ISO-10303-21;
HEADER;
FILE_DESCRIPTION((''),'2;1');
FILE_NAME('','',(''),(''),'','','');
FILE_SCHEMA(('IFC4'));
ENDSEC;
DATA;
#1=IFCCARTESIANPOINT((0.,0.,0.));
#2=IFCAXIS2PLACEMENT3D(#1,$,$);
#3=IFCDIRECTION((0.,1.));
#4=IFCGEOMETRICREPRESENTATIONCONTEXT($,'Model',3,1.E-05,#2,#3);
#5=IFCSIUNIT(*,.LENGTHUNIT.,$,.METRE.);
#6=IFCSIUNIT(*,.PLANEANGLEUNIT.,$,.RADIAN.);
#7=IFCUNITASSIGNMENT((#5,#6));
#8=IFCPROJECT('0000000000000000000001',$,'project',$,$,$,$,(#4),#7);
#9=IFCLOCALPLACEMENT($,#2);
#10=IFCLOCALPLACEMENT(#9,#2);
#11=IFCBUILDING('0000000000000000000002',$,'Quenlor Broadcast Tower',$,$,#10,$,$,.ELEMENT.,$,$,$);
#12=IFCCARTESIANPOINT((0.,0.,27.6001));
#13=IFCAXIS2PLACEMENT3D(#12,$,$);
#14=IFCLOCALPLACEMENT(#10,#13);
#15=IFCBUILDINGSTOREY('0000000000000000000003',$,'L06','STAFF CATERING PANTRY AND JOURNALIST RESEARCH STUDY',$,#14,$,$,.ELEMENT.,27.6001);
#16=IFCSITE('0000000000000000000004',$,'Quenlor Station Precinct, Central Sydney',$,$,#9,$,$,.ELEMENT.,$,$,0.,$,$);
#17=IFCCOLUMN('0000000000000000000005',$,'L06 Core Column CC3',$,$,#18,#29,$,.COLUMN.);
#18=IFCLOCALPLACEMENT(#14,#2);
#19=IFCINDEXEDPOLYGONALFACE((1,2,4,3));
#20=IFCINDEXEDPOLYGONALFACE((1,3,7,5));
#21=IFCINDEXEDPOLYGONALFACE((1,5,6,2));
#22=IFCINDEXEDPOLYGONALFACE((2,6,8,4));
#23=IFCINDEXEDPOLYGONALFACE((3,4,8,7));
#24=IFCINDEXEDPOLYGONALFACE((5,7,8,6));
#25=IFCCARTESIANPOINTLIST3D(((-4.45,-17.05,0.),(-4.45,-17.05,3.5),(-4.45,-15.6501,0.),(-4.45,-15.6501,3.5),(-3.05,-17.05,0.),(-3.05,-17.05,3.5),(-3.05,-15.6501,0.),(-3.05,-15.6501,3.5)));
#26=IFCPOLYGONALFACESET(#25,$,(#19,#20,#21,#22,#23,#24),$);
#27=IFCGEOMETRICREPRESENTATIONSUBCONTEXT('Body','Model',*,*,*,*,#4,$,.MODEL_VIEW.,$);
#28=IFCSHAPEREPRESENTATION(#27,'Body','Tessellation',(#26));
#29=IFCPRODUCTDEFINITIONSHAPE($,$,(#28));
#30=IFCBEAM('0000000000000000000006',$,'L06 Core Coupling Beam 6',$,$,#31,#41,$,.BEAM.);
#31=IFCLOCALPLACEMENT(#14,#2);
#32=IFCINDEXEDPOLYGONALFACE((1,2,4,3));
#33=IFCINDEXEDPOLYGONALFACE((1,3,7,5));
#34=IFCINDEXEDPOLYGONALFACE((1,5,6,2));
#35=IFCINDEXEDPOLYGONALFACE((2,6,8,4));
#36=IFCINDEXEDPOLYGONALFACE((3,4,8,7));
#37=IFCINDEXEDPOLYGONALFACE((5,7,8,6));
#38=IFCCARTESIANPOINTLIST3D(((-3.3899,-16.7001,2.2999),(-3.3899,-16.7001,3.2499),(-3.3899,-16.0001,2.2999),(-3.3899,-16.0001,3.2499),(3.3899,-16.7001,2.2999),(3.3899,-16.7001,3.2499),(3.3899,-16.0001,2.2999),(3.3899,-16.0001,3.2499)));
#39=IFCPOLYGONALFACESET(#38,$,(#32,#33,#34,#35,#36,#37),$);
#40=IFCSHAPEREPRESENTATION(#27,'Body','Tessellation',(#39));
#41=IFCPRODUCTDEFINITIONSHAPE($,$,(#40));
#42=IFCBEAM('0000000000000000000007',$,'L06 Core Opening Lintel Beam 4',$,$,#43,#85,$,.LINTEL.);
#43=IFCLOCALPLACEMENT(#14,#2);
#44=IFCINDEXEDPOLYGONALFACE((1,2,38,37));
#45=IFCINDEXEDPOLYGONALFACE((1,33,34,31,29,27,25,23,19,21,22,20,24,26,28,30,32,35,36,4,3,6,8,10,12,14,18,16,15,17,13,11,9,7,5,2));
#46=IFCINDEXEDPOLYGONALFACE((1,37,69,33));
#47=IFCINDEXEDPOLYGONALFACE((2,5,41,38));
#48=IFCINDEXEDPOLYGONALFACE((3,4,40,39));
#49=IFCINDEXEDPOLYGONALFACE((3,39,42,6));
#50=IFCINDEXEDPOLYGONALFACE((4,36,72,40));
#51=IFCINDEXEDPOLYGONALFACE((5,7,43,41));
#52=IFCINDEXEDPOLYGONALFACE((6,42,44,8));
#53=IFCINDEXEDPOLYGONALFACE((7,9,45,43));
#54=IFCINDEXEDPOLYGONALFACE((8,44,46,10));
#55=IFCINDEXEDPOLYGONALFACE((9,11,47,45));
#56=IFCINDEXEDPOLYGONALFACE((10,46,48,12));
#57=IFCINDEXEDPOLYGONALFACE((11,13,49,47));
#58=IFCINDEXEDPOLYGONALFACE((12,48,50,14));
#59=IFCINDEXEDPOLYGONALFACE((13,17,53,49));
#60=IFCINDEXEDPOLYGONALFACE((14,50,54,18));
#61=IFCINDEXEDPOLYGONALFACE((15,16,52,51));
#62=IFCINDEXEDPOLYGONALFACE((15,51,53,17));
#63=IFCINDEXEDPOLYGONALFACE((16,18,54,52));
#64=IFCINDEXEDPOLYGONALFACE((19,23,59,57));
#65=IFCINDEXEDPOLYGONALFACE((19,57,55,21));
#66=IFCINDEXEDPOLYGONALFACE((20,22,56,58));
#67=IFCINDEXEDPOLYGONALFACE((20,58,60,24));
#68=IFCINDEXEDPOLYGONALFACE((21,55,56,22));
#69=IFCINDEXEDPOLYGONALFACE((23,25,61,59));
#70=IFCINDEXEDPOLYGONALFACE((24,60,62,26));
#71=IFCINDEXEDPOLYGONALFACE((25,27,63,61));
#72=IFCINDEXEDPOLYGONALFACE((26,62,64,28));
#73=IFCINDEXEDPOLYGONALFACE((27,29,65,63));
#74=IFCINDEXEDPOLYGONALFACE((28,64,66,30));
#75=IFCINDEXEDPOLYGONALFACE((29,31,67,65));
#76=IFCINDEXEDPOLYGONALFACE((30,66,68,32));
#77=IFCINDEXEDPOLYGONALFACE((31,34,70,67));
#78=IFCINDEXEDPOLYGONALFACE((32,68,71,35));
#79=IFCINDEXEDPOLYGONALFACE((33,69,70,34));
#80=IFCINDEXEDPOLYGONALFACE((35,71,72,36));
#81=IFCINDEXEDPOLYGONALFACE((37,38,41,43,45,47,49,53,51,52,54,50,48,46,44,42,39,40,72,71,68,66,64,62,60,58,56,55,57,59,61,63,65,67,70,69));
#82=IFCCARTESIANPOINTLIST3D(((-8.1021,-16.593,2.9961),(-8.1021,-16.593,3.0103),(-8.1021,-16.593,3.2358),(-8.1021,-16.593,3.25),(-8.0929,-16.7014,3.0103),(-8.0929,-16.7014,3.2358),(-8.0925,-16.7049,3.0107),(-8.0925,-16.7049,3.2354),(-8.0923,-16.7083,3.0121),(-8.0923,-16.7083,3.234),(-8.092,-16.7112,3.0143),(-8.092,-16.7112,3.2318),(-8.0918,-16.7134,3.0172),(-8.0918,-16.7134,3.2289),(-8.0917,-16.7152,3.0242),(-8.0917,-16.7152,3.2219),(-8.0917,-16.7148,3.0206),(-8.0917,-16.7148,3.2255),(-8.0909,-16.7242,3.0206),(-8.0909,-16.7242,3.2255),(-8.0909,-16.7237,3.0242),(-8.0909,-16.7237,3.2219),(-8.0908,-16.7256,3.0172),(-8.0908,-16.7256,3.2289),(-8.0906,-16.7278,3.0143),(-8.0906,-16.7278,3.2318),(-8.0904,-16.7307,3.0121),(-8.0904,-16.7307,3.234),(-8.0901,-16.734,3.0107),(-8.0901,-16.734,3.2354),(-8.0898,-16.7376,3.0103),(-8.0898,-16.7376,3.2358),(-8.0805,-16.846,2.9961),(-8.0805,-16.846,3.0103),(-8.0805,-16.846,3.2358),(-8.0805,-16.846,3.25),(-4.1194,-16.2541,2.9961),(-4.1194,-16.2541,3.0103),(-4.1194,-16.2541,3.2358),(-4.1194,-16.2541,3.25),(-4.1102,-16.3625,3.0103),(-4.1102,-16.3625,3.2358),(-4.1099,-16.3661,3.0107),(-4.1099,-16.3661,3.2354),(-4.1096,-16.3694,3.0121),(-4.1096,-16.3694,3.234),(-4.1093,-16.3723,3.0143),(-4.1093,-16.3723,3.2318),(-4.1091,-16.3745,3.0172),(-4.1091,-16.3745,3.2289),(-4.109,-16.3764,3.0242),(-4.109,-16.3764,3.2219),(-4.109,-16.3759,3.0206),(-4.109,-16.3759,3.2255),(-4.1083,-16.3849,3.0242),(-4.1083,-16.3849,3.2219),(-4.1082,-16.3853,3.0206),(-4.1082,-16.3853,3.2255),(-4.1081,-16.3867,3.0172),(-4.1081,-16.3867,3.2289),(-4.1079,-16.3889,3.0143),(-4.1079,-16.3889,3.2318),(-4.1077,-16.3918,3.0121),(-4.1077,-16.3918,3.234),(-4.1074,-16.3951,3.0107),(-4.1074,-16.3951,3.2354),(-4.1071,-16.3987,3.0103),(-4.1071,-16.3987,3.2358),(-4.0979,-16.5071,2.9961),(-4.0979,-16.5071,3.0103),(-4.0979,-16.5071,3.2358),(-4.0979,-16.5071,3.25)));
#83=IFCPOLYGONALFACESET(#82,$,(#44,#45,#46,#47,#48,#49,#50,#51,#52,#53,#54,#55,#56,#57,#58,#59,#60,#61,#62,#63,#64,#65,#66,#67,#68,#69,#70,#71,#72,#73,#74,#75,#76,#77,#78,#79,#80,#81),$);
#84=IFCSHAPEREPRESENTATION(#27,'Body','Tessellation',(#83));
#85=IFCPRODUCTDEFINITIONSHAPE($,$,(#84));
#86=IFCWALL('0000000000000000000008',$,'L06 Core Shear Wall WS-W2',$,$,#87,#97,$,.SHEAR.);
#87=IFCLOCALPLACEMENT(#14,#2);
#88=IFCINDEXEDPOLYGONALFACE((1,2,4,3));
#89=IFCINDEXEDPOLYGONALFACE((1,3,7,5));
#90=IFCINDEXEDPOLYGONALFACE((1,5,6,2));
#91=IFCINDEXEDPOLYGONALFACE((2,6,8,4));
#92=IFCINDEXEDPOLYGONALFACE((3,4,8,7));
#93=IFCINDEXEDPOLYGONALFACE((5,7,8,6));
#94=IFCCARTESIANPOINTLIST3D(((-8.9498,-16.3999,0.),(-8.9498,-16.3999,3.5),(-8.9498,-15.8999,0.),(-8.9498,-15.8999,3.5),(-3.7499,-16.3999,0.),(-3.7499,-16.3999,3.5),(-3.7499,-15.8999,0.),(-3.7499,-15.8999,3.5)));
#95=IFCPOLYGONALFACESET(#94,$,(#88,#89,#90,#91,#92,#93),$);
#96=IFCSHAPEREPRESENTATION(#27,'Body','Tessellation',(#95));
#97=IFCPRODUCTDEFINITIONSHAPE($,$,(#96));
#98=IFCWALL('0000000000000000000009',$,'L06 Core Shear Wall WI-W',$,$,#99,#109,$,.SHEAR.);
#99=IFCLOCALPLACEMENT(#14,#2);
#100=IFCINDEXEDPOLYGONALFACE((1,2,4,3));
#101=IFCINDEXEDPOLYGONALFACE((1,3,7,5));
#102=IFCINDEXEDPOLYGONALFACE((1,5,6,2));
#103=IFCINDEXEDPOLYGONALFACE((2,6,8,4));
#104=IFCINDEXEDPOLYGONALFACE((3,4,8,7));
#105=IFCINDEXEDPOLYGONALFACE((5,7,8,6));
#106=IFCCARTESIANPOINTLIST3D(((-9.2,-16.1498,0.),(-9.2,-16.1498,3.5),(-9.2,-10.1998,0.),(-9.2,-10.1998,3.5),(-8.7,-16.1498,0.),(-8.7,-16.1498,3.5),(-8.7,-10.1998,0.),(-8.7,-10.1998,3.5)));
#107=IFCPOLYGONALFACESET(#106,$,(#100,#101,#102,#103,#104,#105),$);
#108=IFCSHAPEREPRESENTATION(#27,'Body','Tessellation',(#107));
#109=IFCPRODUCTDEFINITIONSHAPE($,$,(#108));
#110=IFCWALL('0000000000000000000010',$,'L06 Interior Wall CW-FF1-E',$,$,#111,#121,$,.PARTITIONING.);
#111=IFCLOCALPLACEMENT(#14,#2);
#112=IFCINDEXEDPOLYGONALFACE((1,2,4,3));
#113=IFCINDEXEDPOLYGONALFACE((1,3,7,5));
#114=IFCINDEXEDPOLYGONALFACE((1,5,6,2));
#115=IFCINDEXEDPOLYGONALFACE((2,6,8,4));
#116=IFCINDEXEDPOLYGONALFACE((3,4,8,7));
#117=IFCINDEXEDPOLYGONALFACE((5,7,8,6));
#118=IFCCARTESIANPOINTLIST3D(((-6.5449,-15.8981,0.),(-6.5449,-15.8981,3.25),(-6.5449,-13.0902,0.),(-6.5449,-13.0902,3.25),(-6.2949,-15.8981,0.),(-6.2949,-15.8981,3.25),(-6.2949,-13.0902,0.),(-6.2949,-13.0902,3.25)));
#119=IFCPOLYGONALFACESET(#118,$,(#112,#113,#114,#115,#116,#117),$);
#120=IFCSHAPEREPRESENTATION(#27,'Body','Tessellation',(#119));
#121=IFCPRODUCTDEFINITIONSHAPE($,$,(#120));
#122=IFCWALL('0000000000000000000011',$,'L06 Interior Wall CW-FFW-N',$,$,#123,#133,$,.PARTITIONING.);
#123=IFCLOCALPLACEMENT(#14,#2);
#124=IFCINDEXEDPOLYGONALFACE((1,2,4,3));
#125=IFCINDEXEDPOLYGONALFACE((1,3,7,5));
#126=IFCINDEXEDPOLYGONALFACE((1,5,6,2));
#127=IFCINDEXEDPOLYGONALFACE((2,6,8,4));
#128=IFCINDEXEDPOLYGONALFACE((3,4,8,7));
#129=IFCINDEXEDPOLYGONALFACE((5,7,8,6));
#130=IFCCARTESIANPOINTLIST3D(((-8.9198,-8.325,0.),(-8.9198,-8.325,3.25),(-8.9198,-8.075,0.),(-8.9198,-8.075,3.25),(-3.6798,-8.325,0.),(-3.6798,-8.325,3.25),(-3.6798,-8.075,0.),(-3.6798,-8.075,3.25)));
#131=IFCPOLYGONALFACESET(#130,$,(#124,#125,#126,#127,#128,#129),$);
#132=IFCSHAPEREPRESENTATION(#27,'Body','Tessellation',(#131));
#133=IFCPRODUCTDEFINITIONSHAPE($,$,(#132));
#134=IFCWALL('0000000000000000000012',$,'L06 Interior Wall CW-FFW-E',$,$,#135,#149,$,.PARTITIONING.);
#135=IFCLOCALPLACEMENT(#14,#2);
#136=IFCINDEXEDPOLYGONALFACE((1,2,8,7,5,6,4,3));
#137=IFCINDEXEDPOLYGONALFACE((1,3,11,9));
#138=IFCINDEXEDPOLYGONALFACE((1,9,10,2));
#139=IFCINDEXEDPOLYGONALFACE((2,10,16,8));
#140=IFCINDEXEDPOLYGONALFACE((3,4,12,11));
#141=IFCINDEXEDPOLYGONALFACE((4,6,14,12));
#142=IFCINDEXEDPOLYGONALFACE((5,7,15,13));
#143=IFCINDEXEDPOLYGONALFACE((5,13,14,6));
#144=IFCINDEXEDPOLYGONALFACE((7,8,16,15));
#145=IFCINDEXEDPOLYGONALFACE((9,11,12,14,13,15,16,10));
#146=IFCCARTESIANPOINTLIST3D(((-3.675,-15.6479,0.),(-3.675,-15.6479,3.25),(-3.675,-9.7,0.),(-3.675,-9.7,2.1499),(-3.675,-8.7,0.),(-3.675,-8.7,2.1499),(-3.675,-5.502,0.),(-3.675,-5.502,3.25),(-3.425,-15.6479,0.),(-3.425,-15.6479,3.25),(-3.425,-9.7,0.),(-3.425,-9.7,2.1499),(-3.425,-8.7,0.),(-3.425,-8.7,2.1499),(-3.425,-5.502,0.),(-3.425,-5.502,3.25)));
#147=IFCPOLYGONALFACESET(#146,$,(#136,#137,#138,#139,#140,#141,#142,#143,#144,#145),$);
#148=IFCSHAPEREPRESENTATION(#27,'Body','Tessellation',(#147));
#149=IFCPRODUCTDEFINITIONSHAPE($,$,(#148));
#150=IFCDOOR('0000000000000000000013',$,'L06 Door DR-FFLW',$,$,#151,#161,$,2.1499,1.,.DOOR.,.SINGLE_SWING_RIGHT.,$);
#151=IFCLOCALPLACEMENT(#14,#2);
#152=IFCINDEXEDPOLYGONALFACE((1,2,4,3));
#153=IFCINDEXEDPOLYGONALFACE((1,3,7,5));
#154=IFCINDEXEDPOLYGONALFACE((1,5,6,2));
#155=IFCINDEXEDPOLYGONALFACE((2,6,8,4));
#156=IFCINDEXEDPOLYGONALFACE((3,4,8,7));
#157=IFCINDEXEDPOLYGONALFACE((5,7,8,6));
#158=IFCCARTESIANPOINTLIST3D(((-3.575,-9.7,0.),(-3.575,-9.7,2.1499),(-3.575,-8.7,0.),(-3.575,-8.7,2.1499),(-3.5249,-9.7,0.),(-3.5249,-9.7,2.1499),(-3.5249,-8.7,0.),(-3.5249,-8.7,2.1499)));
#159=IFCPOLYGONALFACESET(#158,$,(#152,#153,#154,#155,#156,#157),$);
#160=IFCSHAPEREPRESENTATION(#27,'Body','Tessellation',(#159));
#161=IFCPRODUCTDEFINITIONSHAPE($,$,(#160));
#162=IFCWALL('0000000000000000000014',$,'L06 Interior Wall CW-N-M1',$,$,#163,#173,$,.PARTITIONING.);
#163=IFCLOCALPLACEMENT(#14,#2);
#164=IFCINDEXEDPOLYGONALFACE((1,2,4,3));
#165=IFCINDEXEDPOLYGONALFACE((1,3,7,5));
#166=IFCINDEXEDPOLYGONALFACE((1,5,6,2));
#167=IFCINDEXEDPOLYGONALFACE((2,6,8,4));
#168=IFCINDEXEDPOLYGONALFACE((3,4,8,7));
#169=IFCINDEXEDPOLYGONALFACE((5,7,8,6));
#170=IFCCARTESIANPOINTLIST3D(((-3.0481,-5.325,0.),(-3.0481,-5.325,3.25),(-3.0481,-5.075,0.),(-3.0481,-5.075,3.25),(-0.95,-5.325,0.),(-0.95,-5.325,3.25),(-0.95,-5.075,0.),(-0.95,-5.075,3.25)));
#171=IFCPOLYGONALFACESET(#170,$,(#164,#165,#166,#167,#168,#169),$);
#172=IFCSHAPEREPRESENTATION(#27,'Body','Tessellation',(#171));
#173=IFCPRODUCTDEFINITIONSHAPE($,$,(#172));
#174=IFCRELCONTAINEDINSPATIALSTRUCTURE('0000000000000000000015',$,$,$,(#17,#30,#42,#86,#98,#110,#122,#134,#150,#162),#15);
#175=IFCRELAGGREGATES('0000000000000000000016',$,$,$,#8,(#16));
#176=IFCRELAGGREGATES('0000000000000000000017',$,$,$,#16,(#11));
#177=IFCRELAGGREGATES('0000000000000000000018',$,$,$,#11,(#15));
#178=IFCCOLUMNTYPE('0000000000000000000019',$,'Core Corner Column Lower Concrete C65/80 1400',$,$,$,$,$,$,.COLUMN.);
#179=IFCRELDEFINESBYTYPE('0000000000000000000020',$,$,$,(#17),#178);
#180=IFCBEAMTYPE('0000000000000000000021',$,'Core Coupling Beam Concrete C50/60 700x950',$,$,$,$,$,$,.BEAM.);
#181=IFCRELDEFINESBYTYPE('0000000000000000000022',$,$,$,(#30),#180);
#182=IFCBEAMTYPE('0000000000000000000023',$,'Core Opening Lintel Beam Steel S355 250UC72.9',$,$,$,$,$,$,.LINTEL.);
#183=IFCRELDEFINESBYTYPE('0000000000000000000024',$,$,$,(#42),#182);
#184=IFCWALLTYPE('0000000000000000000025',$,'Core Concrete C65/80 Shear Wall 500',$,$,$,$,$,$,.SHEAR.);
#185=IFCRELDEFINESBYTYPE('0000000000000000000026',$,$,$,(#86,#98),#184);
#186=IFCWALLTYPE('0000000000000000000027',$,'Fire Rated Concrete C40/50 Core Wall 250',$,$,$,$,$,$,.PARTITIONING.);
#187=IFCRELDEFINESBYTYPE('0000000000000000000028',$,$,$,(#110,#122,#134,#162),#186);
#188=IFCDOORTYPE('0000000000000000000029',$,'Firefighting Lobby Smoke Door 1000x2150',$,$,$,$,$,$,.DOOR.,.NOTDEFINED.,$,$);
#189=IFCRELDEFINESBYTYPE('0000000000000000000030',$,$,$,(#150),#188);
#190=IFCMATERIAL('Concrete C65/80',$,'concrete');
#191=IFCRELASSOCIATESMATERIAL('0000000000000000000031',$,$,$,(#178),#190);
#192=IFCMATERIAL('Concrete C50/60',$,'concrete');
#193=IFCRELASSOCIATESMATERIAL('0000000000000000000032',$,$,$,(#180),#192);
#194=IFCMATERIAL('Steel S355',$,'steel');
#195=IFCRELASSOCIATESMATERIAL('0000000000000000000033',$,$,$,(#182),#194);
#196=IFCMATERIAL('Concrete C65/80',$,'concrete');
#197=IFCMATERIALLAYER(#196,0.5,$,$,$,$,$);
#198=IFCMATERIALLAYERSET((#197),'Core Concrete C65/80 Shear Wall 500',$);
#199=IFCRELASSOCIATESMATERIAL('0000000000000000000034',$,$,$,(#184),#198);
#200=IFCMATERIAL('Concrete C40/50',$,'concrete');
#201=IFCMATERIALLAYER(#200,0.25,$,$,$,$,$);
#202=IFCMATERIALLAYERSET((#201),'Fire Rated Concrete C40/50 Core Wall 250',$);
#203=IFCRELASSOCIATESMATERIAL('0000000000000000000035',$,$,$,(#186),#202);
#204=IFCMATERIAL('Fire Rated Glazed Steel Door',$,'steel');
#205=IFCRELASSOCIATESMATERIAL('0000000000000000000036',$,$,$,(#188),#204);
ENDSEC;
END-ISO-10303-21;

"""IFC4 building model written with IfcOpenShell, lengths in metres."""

from ifc_helpers import new_model, si_unit, direction, frame, frame_2d, origin, origin_2d, place, context, subcontext, project, spatial, rectangle, i_section, extrude, material, layer, layer_set, material_profile, profile_set, type_object, element, fill, save


model = new_model("IFC4")

# Units and contexts
model_context = context("Model", 3, precision=1e-05, world=origin(), true_north=direction((0.0, 1.0)))
body_context = subcontext(model_context, "Body", "Model", "MODEL_VIEW")
ifc_project = project(units=[si_unit("LENGTHUNIT", "METRE"), si_unit("PLANEANGLEUNIT", "RADIAN")], contexts=[model_context])

# Site, building, storey
site_placement = place(None, origin())
site = spatial("IfcSite", under=ifc_project, at=site_placement, Name="Quenlor Station Precinct, Central Sydney", CompositionType="ELEMENT", RefElevation=0.0)
building_placement = place(site_placement, origin())
building = spatial("IfcBuilding", under=site, at=building_placement, Name="Quenlor Broadcast Tower", CompositionType="ELEMENT")
storey_placement = place(building_placement, frame((0.0, 0.0, 27.6001)))
storey = spatial("IfcBuildingStorey", under=building, at=storey_placement, Name="L06", Description="STAFF CATERING PANTRY AND JOURNALIST RESEARCH STUDY", CompositionType="ELEMENT", Elevation=27.6001)

# Column
ifc_material_1 = material(Name="Concrete C65/80", Category="concrete")
ifc_material_profile_1 = material_profile(ifc_material_1, rectangle(XDim=1.3999, YDim=1.3999, at=origin_2d()))
ifc_profile_set_1 = profile_set([ifc_material_profile_1], Name="Concrete C65/80 RC1400x1400")
column_type = type_object("IfcColumnType", Name="Core Corner Column Lower Concrete C65/80 1400", PredefinedType="COLUMN", material=ifc_profile_set_1)
column_placement = place(storey_placement, frame((-3.75, -16.3501, 0.0), z_axis=(0.0, 0.0, 1.0), x_axis=(1.0, 0.0, 0.0)))
element("IfcColumn", 1, at=column_placement, inside=storey, type_object=column_type, Name="L06 Core Column CC3", PredefinedType="COLUMN", context=body_context, shape_type="SweptSolid", body=[
    extrude(rectangle(XDim=1.3999, YDim=1.3999, at=origin_2d()), origin(), (0.0, 0.0, 1.0), 3.5),
])

# Beams
ifc_material_2 = material(Name="Concrete C50/60", Category="concrete")
ifc_material_profile_2 = material_profile(ifc_material_2, rectangle(XDim=0.7, YDim=0.95, at=origin_2d()))
ifc_profile_set_2 = profile_set([ifc_material_profile_2], Name="Concrete C50/60 RCB700x950")
beam_type_1 = type_object("IfcBeamType", Name="Core Coupling Beam Concrete C50/60 700x950", PredefinedType="BEAM", material=ifc_profile_set_2)
beam_1_placement = place(storey_placement, frame((-3.3899, -16.3501, 2.7749), z_axis=(1.0, 0.0, 0.0), x_axis=(0.0, 1.0, 0.0)))
element("IfcBeam", 2, at=beam_1_placement, inside=storey, type_object=beam_type_1, Name="L06 Core Coupling Beam 6", PredefinedType="BEAM", context=body_context, shape_type="SweptSolid", body=[
    extrude(rectangle(XDim=0.7, YDim=0.95, at=origin_2d()), origin(), (0.0, 0.0, 1.0), 6.7798),
])
ifc_material_3 = material(Name="Steel S355", Category="steel")
ifc_material_profile_3 = material_profile(ifc_material_3, i_section(OverallWidth=0.2539, OverallDepth=0.2539, WebThickness=0.0085, FlangeThickness=0.0142, FilletRadius=0.0139, at=origin_2d()))
ifc_profile_set_3 = profile_set([ifc_material_profile_3], Name="Steel S355 250UC72.9")
beam_type_2 = type_object("IfcBeamType", Name="Core Opening Lintel Beam Steel S355 250UC72.9", PredefinedType="LINTEL", material=ifc_profile_set_3)
beam_2_placement = place(storey_placement, frame((-8.0913, -16.7195, 3.123), z_axis=(0.9964, 0.084779, 0.0), x_axis=(-0.084779, 0.9964, 0.0)))
element("IfcBeam", 3, at=beam_2_placement, inside=storey, type_object=beam_type_2, Name="L06 Core Opening Lintel Beam 4", PredefinedType="LINTEL", context=body_context, shape_type="SweptSolid", body=[
    extrude(i_section(OverallWidth=0.2539, OverallDepth=0.2539, WebThickness=0.0085, FlangeThickness=0.0142, FilletRadius=0.0139, at=origin_2d()), origin(), (0.0, 0.0, 1.0), 3.9971),
])

# Walls
ifc_material_4 = material(Name="Concrete C65/80", Category="concrete")
ifc_layer_1 = layer(ifc_material_4, 0.5)
ifc_layer_set_1 = layer_set([ifc_layer_1], Name="Core Concrete C65/80 Shear Wall 500")
wall_type_1 = type_object("IfcWallType", Name="Core Concrete C65/80 Shear Wall 500", PredefinedType="SHEAR", material=ifc_layer_set_1)
wall_1_placement = place(storey_placement, frame((-8.95, -16.1499, 0.0), z_axis=(0.0, 0.0, 1.0), x_axis=(1.0, 0.0, 0.0)))
element("IfcWall", 4, at=wall_1_placement, inside=storey, type_object=wall_type_1, Name="L06 Core Shear Wall WS-W2", PredefinedType="SHEAR", context=body_context, shape_type="SweptSolid", body=[
    extrude(rectangle(XDim=5.2, YDim=0.5, at=frame_2d((2.6001, 0.0))), origin(), (0.0, 0.0, 1.0), 3.5),
])
wall_2_placement = place(storey_placement, frame((-8.95, -16.1499, 0.0), z_axis=(0.0, 0.0, 1.0), x_axis=(0.0, 1.0, 0.0)))
element("IfcWall", 5, at=wall_2_placement, inside=storey, type_object=wall_type_1, Name="L06 Core Shear Wall WI-W", PredefinedType="SHEAR", context=body_context, shape_type="SweptSolid", body=[
    extrude(rectangle(XDim=5.95, YDim=0.5, at=frame_2d((2.9751, 0.0))), origin(), (0.0, 0.0, 1.0), 3.5),
])

# Shared definitions
ifc_material_5 = material(Name="Concrete C40/50", Category="concrete")
ifc_layer_2 = layer(ifc_material_5, 0.25)
ifc_layer_set_2 = layer_set([ifc_layer_2], Name="Fire Rated Concrete C40/50 Core Wall 250")
wall_type_2 = type_object("IfcWallType", Name="Fire Rated Concrete C40/50 Core Wall 250", PredefinedType="PARTITIONING", material=ifc_layer_set_2)

# Walls
wall_3_placement = place(storey_placement, frame((-6.4199, -15.8979, 0.0), z_axis=(0.0, 0.0, 1.0), x_axis=(0.0, 1.0, 0.0)))
element("IfcWall", 6, at=wall_3_placement, inside=storey, type_object=wall_type_2, Name="L06 Interior Wall CW-FF1-E", PredefinedType="PARTITIONING", context=body_context, shape_type="SweptSolid", body=[
    extrude(rectangle(XDim=2.8079, YDim=0.25, at=frame_2d((1.4038, 0.0))), origin(), (0.0, 0.0, 1.0), 3.25),
])
wall_4_placement = place(storey_placement, frame((-8.9199, -8.2, 0.0), z_axis=(0.0, 0.0, 1.0), x_axis=(1.0, 0.0, 0.0)))
element("IfcWall", 7, at=wall_4_placement, inside=storey, type_object=wall_type_2, Name="L06 Interior Wall CW-FFW-N", PredefinedType="PARTITIONING", context=body_context, shape_type="SweptSolid", body=[
    extrude(rectangle(XDim=5.24, YDim=0.25, at=frame_2d((2.6201, 0.0))), origin(), (0.0, 0.0, 1.0), 3.25),
])

# Wall, opening, door
wall_5_placement = place(storey_placement, frame((-3.55, -15.6479, 0.0), z_axis=(0.0, 0.0, 1.0), x_axis=(0.0, 1.0, 0.0)))
wall_5 = element("IfcWall", 8, at=wall_5_placement, inside=storey, type_object=wall_type_2, Name="L06 Interior Wall CW-FFW-E", PredefinedType="PARTITIONING", context=body_context, shape_type="SweptSolid", body=[
    extrude(rectangle(XDim=10.146, YDim=0.25, at=frame_2d((5.073, 0.0))), origin(), (0.0, 0.0, 1.0), 3.25),
])
opening_1_placement = place(wall_5_placement, frame((5.948, 0.0, 0.0)))
opening_1 = element("IfcOpeningElement", 9, at=opening_1_placement, cuts=wall_5, PredefinedType="OPENING", context=body_context, shape_type="SweptSolid", body=[
    extrude(rectangle(XDim=1.0, YDim=2.1499, at=frame_2d((0.5, 1.075))), frame((0.0, 0.135, 0.0), z_axis=(0.0, -1.0, 0.0), x_axis=(1.0, 0.0, 0.0)), (0.0, 0.0, 1.0), 0.27),
])
ifc_material_6 = material(Name="Fire Rated Glazed Steel Door", Category="steel")
door_type_1 = type_object("IfcDoorType", Name="Firefighting Lobby Smoke Door 1000x2150", OperationType="NOTDEFINED", PredefinedType="DOOR", material=ifc_material_6)
door_1_placement = place(opening_1_placement, origin())
door_1 = element("IfcDoor", 10, at=door_1_placement, inside=storey, type_object=door_type_1, Name="L06 Door DR-FFLW", OperationType="SINGLE_SWING_RIGHT", OverallHeight=2.1499, OverallWidth=1.0, PredefinedType="DOOR", context=body_context, shape_type="SweptSolid", body=[
    extrude(rectangle(XDim=1.0, YDim=2.1499, at=frame_2d((0.5, 1.075))), frame((0.0, 0.0249, 0.0), z_axis=(0.0, -1.0, 0.0), x_axis=(1.0, 0.0, 0.0)), (0.0, 0.0, 1.0), 0.05),
])
fill(opening_1, door_1)

# Wall
wall_6_placement = place(storey_placement, frame((-3.0481, -5.2, 0.0), z_axis=(0.0, 0.0, 1.0), x_axis=(1.0, 0.0, 0.0)))
element("IfcWall", 11, at=wall_6_placement, inside=storey, type_object=wall_type_2, Name="L06 Interior Wall CW-N-M1", PredefinedType="PARTITIONING", context=body_context, shape_type="SweptSolid", body=[
    extrude(rectangle(XDim=2.0981, YDim=0.25, at=frame_2d((1.0491, 0.0))), origin(), (0.0, 0.0, 1.0), 3.25),
])

save(model, "model.ifc")
